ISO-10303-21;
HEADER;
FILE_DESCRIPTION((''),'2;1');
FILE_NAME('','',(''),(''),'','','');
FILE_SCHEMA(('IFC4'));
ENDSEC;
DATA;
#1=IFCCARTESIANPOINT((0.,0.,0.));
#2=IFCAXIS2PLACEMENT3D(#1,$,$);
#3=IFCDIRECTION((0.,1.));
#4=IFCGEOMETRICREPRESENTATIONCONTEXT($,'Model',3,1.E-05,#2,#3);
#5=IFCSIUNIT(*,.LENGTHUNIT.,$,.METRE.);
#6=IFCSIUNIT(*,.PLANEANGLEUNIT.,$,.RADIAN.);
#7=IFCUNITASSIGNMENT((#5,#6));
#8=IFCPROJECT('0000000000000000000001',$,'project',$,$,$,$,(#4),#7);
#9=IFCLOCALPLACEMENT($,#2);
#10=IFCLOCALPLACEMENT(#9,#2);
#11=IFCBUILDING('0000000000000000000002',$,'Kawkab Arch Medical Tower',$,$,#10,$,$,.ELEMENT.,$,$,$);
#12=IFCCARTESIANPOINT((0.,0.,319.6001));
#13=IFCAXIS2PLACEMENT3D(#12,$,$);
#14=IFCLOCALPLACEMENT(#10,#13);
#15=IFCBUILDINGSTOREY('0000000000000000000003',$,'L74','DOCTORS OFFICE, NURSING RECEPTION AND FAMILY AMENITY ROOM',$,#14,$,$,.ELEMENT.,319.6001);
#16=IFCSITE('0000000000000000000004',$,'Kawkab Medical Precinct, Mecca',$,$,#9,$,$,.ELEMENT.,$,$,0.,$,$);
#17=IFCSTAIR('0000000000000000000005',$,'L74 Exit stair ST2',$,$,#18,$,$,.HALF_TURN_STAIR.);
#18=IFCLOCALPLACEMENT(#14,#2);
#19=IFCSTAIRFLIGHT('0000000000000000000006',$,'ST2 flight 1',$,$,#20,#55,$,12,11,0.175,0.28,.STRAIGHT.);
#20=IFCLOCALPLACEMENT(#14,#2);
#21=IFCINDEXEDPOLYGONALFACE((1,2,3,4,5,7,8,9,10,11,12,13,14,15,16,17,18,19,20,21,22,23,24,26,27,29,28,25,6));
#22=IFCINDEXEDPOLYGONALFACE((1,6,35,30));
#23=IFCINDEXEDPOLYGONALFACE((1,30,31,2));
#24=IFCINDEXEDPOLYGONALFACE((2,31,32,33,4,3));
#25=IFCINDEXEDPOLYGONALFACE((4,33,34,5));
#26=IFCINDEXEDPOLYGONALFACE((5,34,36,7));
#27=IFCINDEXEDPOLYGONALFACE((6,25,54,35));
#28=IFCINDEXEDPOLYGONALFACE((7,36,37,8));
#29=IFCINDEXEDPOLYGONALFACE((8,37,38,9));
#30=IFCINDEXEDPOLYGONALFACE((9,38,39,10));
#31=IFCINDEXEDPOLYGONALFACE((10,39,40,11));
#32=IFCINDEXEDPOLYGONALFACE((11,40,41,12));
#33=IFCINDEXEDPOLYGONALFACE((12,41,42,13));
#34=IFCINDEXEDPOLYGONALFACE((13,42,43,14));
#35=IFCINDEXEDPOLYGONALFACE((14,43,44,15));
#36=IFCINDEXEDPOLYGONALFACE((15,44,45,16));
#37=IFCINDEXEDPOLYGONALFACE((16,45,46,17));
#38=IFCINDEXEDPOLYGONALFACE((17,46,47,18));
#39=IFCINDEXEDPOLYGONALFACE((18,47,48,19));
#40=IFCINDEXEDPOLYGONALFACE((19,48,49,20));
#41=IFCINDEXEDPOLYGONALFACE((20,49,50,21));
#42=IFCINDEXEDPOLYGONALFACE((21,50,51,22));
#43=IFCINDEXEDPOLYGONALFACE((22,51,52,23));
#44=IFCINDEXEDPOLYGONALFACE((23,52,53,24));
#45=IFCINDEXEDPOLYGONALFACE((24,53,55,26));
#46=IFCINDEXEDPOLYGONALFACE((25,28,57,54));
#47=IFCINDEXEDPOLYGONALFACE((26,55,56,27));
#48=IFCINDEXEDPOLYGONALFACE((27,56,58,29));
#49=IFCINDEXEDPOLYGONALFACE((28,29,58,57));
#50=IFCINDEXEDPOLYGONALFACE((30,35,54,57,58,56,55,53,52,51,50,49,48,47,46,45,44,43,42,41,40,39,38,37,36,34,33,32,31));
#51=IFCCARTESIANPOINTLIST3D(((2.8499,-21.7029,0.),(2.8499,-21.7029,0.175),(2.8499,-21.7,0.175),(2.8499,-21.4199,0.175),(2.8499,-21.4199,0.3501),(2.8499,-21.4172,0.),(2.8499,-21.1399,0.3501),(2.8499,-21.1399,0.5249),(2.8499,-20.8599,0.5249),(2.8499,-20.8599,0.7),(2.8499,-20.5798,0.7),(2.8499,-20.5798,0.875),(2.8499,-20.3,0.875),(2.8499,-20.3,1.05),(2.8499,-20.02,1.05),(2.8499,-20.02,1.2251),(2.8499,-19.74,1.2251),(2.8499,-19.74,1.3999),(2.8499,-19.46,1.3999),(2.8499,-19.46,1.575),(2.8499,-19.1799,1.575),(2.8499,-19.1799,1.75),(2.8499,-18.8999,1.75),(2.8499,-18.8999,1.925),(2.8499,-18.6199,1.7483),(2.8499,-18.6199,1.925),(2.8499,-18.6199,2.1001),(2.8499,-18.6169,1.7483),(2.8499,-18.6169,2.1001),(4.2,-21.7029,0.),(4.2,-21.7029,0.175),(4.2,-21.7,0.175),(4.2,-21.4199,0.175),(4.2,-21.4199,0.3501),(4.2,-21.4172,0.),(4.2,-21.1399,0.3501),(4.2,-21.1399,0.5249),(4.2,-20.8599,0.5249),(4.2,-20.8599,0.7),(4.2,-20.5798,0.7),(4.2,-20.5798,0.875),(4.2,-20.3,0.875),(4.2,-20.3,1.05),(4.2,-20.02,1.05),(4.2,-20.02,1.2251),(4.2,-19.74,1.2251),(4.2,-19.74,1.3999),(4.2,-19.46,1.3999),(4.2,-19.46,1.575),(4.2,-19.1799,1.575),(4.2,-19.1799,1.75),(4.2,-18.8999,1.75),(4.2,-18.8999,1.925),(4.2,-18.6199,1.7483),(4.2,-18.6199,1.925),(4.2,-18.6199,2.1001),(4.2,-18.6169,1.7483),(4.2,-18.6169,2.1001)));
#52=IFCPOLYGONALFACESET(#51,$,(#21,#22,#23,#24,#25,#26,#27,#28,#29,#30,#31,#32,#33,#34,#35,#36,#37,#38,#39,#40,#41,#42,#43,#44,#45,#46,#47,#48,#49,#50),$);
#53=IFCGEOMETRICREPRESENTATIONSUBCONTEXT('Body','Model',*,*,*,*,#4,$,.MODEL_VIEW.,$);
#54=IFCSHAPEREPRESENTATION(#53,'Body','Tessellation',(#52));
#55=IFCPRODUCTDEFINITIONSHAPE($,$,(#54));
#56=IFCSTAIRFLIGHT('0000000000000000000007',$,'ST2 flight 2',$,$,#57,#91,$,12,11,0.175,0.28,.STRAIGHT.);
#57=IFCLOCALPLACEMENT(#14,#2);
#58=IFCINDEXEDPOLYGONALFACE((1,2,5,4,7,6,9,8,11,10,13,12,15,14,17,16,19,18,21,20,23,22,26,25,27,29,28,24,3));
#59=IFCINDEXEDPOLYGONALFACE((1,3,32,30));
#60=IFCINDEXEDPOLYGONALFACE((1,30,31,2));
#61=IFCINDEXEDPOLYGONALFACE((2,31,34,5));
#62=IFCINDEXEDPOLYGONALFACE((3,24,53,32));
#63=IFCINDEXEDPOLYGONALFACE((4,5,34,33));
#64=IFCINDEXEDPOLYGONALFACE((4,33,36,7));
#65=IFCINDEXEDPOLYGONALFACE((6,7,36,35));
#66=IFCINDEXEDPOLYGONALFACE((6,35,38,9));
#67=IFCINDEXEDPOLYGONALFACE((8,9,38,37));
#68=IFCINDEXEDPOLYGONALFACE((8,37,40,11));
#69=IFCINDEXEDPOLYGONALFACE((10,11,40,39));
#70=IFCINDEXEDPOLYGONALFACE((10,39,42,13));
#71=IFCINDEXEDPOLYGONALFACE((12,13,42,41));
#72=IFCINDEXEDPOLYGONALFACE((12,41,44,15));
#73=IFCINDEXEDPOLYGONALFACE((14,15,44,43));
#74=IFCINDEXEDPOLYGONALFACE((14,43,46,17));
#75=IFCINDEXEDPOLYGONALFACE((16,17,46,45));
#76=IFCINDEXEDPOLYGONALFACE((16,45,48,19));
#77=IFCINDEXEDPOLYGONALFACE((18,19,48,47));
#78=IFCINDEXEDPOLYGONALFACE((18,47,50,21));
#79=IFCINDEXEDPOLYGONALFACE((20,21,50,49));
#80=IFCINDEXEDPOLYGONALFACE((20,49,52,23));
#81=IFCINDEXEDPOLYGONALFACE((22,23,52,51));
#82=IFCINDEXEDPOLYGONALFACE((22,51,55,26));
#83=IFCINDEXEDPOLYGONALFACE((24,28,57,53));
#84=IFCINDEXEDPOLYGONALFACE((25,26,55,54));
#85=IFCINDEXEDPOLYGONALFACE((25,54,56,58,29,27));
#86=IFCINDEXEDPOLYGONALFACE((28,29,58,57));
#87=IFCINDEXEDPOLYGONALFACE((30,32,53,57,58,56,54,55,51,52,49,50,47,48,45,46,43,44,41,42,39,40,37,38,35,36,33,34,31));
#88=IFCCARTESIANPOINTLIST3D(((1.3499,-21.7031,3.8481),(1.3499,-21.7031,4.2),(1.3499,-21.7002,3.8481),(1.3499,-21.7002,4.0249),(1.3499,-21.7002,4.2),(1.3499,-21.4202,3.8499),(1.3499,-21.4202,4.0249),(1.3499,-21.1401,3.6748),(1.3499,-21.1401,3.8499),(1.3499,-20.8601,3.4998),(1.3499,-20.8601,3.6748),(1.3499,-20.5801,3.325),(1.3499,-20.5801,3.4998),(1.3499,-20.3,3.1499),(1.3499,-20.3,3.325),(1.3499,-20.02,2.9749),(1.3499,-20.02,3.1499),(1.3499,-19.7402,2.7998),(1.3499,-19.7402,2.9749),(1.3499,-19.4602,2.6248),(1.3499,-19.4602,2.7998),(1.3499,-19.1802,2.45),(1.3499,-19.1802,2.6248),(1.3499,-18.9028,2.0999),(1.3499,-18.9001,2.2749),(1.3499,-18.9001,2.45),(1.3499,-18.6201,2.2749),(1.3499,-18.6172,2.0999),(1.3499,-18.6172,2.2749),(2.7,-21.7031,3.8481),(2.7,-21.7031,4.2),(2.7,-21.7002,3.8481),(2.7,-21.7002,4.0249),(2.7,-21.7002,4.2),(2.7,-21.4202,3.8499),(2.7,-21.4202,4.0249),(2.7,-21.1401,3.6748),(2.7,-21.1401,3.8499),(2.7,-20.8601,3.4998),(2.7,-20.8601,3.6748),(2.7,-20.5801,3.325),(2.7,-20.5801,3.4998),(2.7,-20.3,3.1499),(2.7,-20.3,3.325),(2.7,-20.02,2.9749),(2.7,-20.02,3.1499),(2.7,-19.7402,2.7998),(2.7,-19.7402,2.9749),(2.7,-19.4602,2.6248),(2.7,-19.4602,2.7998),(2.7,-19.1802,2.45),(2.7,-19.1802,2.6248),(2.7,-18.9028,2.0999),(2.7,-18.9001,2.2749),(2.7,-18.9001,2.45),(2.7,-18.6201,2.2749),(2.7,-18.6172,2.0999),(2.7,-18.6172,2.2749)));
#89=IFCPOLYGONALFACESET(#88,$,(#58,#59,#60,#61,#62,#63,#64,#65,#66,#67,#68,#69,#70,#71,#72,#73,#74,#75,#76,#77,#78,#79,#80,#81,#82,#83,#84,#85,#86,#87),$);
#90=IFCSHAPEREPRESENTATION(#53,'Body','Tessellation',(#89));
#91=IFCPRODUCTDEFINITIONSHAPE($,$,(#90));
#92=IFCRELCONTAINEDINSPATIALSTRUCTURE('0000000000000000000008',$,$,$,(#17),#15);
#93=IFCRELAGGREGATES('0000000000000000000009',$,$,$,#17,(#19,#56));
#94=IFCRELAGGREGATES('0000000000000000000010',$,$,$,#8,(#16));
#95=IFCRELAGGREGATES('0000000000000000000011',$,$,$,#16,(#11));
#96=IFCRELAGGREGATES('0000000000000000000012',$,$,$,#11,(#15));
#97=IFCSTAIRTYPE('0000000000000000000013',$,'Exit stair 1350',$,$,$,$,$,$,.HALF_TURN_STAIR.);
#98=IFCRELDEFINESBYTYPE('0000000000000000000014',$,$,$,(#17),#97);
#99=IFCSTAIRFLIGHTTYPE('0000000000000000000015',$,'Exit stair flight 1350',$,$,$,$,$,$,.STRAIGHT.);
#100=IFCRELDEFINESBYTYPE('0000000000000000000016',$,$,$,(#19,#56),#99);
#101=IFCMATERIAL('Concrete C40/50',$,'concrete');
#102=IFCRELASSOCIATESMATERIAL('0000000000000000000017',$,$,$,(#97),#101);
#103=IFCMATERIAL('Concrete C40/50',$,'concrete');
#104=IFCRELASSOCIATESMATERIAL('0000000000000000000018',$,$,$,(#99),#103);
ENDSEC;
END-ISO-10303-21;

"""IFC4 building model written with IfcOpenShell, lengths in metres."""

from ifc_helpers import new_model, si_unit, direction, frame, origin, place, context, subcontext, project, spatial, polyline, outline, extrude, material, type_object, element, aggregate, save


model = new_model("IFC4")

# Units and contexts
model_context = context("Model", 3, precision=1e-05, world=origin(), true_north=direction((0.0, 1.0)))
body_context = subcontext(model_context, "Body", "Model", "MODEL_VIEW")
ifc_project = project(units=[si_unit("LENGTHUNIT", "METRE"), si_unit("PLANEANGLEUNIT", "RADIAN")], contexts=[model_context])

# Site, building, storey
site_placement = place(None, origin())
site = spatial("IfcSite", under=ifc_project, at=site_placement, Name="Kawkab Medical Precinct, Mecca", CompositionType="ELEMENT", RefElevation=0.0)
building_placement = place(site_placement, origin())
building = spatial("IfcBuilding", under=site, at=building_placement, Name="Kawkab Arch Medical Tower", CompositionType="ELEMENT")
storey_placement = place(building_placement, frame((0.0, 0.0, 319.6001)))
storey = spatial("IfcBuildingStorey", under=building, at=storey_placement, Name="L74", Description="DOCTORS OFFICE, NURSING RECEPTION AND FAMILY AMENITY ROOM", CompositionType="ELEMENT", Elevation=319.6001)

# Stair, stair flights
ifc_material_1 = material(Name="Concrete C40/50", Category="concrete")
stair_type = type_object("IfcStairType", Name="Exit stair 1350", PredefinedType="HALF_TURN_STAIR", material=ifc_material_1)
stair_placement = place(storey_placement, origin())
stair = element("IfcStair", 1, at=stair_placement, inside=storey, type_object=stair_type, Name="L74 Exit stair ST2", PredefinedType="HALF_TURN_STAIR")
ifc_material_2 = material(Name="Concrete C40/50", Category="concrete")
stair_flight_type = type_object("IfcStairFlightType", Name="Exit stair flight 1350", PredefinedType="STRAIGHT", material=ifc_material_2)
stair_flight_1_placement = place(storey_placement, frame((3.5249, -21.7, 0.0), z_axis=(0.0, 0.0, 1.0), x_axis=(0.0, 1.0, 0.0)))
stair_flight_1 = element("IfcStairFlight", 2, at=stair_flight_1_placement, type_object=stair_flight_type, Name="ST2 flight 1", NumberOfRisers=12, NumberOfTreads=11, PredefinedType="STRAIGHT", RiserHeight=0.175, TreadLength=0.28, context=body_context, shape_type="SweptSolid", body=[
    extrude(outline(polyline([(-0.0029, 0.0), (-0.0029, 0.175), (0.0, 0.175), (0.28, 0.175), (0.28, 0.3501), (0.5601, 0.3501), (0.5601, 0.5249), (0.8401, 0.5249), (0.8401, 0.7), (1.1201, 0.7), (1.1201, 0.875), (1.3999, 0.875), (1.3999, 1.05), (1.6799, 1.05), (1.6799, 1.2251), (1.96, 1.2251), (1.96, 1.3999), (2.24, 1.3999), (2.24, 1.575), (2.52, 1.575), (2.52, 1.75), (2.8, 1.75), (2.8, 1.925), (3.0801, 1.925), (3.0801, 2.1001), (3.083, 2.1001), (3.083, 1.7483), (3.0801, 1.7483), (0.2827, 0.0), (-0.0029, 0.0)])), frame((0.0, 0.675, 0.0), z_axis=(0.0, -1.0, 0.0), x_axis=(1.0, 0.0, 0.0)), (0.0, 0.0, 1.0), 1.3501),
])
stair_flight_2_placement = place(storey_placement, frame((2.0249, -18.6201, 2.0999), z_axis=(0.0, 0.0, 1.0), x_axis=(0.0, -1.0, 0.0)))
stair_flight_2 = element("IfcStairFlight", 3, at=stair_flight_2_placement, type_object=stair_flight_type, Name="ST2 flight 2", NumberOfRisers=12, NumberOfTreads=11, PredefinedType="STRAIGHT", RiserHeight=0.175, TreadLength=0.28, context=body_context, shape_type="SweptSolid", body=[
    extrude(outline(polyline([(-0.0029, 0.0), (-0.0029, 0.175), (0.0, 0.175), (0.28, 0.175), (0.28, 0.3501), (0.5601, 0.3501), (0.5601, 0.5249), (0.8401, 0.5249), (0.8401, 0.7), (1.1201, 0.7), (1.1201, 0.875), (1.3999, 0.875), (1.3999, 1.05), (1.6799, 1.05), (1.6799, 1.2251), (1.96, 1.2251), (1.96, 1.3999), (2.24, 1.3999), (2.24, 1.575), (2.52, 1.575), (2.52, 1.75), (2.8, 1.75), (2.8, 1.925), (3.0801, 1.925), (3.0801, 2.1001), (3.083, 2.1001), (3.083, 1.7483), (3.0801, 1.7483), (0.2827, 0.0), (-0.0029, 0.0)])), frame((0.0, 0.675, 0.0), z_axis=(0.0, -1.0, 0.0), x_axis=(1.0, 0.0, 0.0)), (0.0, 0.0, 1.0), 1.3501),
])
aggregate(stair, [stair_flight_1, stair_flight_2])

save(model, "model.ifc")
